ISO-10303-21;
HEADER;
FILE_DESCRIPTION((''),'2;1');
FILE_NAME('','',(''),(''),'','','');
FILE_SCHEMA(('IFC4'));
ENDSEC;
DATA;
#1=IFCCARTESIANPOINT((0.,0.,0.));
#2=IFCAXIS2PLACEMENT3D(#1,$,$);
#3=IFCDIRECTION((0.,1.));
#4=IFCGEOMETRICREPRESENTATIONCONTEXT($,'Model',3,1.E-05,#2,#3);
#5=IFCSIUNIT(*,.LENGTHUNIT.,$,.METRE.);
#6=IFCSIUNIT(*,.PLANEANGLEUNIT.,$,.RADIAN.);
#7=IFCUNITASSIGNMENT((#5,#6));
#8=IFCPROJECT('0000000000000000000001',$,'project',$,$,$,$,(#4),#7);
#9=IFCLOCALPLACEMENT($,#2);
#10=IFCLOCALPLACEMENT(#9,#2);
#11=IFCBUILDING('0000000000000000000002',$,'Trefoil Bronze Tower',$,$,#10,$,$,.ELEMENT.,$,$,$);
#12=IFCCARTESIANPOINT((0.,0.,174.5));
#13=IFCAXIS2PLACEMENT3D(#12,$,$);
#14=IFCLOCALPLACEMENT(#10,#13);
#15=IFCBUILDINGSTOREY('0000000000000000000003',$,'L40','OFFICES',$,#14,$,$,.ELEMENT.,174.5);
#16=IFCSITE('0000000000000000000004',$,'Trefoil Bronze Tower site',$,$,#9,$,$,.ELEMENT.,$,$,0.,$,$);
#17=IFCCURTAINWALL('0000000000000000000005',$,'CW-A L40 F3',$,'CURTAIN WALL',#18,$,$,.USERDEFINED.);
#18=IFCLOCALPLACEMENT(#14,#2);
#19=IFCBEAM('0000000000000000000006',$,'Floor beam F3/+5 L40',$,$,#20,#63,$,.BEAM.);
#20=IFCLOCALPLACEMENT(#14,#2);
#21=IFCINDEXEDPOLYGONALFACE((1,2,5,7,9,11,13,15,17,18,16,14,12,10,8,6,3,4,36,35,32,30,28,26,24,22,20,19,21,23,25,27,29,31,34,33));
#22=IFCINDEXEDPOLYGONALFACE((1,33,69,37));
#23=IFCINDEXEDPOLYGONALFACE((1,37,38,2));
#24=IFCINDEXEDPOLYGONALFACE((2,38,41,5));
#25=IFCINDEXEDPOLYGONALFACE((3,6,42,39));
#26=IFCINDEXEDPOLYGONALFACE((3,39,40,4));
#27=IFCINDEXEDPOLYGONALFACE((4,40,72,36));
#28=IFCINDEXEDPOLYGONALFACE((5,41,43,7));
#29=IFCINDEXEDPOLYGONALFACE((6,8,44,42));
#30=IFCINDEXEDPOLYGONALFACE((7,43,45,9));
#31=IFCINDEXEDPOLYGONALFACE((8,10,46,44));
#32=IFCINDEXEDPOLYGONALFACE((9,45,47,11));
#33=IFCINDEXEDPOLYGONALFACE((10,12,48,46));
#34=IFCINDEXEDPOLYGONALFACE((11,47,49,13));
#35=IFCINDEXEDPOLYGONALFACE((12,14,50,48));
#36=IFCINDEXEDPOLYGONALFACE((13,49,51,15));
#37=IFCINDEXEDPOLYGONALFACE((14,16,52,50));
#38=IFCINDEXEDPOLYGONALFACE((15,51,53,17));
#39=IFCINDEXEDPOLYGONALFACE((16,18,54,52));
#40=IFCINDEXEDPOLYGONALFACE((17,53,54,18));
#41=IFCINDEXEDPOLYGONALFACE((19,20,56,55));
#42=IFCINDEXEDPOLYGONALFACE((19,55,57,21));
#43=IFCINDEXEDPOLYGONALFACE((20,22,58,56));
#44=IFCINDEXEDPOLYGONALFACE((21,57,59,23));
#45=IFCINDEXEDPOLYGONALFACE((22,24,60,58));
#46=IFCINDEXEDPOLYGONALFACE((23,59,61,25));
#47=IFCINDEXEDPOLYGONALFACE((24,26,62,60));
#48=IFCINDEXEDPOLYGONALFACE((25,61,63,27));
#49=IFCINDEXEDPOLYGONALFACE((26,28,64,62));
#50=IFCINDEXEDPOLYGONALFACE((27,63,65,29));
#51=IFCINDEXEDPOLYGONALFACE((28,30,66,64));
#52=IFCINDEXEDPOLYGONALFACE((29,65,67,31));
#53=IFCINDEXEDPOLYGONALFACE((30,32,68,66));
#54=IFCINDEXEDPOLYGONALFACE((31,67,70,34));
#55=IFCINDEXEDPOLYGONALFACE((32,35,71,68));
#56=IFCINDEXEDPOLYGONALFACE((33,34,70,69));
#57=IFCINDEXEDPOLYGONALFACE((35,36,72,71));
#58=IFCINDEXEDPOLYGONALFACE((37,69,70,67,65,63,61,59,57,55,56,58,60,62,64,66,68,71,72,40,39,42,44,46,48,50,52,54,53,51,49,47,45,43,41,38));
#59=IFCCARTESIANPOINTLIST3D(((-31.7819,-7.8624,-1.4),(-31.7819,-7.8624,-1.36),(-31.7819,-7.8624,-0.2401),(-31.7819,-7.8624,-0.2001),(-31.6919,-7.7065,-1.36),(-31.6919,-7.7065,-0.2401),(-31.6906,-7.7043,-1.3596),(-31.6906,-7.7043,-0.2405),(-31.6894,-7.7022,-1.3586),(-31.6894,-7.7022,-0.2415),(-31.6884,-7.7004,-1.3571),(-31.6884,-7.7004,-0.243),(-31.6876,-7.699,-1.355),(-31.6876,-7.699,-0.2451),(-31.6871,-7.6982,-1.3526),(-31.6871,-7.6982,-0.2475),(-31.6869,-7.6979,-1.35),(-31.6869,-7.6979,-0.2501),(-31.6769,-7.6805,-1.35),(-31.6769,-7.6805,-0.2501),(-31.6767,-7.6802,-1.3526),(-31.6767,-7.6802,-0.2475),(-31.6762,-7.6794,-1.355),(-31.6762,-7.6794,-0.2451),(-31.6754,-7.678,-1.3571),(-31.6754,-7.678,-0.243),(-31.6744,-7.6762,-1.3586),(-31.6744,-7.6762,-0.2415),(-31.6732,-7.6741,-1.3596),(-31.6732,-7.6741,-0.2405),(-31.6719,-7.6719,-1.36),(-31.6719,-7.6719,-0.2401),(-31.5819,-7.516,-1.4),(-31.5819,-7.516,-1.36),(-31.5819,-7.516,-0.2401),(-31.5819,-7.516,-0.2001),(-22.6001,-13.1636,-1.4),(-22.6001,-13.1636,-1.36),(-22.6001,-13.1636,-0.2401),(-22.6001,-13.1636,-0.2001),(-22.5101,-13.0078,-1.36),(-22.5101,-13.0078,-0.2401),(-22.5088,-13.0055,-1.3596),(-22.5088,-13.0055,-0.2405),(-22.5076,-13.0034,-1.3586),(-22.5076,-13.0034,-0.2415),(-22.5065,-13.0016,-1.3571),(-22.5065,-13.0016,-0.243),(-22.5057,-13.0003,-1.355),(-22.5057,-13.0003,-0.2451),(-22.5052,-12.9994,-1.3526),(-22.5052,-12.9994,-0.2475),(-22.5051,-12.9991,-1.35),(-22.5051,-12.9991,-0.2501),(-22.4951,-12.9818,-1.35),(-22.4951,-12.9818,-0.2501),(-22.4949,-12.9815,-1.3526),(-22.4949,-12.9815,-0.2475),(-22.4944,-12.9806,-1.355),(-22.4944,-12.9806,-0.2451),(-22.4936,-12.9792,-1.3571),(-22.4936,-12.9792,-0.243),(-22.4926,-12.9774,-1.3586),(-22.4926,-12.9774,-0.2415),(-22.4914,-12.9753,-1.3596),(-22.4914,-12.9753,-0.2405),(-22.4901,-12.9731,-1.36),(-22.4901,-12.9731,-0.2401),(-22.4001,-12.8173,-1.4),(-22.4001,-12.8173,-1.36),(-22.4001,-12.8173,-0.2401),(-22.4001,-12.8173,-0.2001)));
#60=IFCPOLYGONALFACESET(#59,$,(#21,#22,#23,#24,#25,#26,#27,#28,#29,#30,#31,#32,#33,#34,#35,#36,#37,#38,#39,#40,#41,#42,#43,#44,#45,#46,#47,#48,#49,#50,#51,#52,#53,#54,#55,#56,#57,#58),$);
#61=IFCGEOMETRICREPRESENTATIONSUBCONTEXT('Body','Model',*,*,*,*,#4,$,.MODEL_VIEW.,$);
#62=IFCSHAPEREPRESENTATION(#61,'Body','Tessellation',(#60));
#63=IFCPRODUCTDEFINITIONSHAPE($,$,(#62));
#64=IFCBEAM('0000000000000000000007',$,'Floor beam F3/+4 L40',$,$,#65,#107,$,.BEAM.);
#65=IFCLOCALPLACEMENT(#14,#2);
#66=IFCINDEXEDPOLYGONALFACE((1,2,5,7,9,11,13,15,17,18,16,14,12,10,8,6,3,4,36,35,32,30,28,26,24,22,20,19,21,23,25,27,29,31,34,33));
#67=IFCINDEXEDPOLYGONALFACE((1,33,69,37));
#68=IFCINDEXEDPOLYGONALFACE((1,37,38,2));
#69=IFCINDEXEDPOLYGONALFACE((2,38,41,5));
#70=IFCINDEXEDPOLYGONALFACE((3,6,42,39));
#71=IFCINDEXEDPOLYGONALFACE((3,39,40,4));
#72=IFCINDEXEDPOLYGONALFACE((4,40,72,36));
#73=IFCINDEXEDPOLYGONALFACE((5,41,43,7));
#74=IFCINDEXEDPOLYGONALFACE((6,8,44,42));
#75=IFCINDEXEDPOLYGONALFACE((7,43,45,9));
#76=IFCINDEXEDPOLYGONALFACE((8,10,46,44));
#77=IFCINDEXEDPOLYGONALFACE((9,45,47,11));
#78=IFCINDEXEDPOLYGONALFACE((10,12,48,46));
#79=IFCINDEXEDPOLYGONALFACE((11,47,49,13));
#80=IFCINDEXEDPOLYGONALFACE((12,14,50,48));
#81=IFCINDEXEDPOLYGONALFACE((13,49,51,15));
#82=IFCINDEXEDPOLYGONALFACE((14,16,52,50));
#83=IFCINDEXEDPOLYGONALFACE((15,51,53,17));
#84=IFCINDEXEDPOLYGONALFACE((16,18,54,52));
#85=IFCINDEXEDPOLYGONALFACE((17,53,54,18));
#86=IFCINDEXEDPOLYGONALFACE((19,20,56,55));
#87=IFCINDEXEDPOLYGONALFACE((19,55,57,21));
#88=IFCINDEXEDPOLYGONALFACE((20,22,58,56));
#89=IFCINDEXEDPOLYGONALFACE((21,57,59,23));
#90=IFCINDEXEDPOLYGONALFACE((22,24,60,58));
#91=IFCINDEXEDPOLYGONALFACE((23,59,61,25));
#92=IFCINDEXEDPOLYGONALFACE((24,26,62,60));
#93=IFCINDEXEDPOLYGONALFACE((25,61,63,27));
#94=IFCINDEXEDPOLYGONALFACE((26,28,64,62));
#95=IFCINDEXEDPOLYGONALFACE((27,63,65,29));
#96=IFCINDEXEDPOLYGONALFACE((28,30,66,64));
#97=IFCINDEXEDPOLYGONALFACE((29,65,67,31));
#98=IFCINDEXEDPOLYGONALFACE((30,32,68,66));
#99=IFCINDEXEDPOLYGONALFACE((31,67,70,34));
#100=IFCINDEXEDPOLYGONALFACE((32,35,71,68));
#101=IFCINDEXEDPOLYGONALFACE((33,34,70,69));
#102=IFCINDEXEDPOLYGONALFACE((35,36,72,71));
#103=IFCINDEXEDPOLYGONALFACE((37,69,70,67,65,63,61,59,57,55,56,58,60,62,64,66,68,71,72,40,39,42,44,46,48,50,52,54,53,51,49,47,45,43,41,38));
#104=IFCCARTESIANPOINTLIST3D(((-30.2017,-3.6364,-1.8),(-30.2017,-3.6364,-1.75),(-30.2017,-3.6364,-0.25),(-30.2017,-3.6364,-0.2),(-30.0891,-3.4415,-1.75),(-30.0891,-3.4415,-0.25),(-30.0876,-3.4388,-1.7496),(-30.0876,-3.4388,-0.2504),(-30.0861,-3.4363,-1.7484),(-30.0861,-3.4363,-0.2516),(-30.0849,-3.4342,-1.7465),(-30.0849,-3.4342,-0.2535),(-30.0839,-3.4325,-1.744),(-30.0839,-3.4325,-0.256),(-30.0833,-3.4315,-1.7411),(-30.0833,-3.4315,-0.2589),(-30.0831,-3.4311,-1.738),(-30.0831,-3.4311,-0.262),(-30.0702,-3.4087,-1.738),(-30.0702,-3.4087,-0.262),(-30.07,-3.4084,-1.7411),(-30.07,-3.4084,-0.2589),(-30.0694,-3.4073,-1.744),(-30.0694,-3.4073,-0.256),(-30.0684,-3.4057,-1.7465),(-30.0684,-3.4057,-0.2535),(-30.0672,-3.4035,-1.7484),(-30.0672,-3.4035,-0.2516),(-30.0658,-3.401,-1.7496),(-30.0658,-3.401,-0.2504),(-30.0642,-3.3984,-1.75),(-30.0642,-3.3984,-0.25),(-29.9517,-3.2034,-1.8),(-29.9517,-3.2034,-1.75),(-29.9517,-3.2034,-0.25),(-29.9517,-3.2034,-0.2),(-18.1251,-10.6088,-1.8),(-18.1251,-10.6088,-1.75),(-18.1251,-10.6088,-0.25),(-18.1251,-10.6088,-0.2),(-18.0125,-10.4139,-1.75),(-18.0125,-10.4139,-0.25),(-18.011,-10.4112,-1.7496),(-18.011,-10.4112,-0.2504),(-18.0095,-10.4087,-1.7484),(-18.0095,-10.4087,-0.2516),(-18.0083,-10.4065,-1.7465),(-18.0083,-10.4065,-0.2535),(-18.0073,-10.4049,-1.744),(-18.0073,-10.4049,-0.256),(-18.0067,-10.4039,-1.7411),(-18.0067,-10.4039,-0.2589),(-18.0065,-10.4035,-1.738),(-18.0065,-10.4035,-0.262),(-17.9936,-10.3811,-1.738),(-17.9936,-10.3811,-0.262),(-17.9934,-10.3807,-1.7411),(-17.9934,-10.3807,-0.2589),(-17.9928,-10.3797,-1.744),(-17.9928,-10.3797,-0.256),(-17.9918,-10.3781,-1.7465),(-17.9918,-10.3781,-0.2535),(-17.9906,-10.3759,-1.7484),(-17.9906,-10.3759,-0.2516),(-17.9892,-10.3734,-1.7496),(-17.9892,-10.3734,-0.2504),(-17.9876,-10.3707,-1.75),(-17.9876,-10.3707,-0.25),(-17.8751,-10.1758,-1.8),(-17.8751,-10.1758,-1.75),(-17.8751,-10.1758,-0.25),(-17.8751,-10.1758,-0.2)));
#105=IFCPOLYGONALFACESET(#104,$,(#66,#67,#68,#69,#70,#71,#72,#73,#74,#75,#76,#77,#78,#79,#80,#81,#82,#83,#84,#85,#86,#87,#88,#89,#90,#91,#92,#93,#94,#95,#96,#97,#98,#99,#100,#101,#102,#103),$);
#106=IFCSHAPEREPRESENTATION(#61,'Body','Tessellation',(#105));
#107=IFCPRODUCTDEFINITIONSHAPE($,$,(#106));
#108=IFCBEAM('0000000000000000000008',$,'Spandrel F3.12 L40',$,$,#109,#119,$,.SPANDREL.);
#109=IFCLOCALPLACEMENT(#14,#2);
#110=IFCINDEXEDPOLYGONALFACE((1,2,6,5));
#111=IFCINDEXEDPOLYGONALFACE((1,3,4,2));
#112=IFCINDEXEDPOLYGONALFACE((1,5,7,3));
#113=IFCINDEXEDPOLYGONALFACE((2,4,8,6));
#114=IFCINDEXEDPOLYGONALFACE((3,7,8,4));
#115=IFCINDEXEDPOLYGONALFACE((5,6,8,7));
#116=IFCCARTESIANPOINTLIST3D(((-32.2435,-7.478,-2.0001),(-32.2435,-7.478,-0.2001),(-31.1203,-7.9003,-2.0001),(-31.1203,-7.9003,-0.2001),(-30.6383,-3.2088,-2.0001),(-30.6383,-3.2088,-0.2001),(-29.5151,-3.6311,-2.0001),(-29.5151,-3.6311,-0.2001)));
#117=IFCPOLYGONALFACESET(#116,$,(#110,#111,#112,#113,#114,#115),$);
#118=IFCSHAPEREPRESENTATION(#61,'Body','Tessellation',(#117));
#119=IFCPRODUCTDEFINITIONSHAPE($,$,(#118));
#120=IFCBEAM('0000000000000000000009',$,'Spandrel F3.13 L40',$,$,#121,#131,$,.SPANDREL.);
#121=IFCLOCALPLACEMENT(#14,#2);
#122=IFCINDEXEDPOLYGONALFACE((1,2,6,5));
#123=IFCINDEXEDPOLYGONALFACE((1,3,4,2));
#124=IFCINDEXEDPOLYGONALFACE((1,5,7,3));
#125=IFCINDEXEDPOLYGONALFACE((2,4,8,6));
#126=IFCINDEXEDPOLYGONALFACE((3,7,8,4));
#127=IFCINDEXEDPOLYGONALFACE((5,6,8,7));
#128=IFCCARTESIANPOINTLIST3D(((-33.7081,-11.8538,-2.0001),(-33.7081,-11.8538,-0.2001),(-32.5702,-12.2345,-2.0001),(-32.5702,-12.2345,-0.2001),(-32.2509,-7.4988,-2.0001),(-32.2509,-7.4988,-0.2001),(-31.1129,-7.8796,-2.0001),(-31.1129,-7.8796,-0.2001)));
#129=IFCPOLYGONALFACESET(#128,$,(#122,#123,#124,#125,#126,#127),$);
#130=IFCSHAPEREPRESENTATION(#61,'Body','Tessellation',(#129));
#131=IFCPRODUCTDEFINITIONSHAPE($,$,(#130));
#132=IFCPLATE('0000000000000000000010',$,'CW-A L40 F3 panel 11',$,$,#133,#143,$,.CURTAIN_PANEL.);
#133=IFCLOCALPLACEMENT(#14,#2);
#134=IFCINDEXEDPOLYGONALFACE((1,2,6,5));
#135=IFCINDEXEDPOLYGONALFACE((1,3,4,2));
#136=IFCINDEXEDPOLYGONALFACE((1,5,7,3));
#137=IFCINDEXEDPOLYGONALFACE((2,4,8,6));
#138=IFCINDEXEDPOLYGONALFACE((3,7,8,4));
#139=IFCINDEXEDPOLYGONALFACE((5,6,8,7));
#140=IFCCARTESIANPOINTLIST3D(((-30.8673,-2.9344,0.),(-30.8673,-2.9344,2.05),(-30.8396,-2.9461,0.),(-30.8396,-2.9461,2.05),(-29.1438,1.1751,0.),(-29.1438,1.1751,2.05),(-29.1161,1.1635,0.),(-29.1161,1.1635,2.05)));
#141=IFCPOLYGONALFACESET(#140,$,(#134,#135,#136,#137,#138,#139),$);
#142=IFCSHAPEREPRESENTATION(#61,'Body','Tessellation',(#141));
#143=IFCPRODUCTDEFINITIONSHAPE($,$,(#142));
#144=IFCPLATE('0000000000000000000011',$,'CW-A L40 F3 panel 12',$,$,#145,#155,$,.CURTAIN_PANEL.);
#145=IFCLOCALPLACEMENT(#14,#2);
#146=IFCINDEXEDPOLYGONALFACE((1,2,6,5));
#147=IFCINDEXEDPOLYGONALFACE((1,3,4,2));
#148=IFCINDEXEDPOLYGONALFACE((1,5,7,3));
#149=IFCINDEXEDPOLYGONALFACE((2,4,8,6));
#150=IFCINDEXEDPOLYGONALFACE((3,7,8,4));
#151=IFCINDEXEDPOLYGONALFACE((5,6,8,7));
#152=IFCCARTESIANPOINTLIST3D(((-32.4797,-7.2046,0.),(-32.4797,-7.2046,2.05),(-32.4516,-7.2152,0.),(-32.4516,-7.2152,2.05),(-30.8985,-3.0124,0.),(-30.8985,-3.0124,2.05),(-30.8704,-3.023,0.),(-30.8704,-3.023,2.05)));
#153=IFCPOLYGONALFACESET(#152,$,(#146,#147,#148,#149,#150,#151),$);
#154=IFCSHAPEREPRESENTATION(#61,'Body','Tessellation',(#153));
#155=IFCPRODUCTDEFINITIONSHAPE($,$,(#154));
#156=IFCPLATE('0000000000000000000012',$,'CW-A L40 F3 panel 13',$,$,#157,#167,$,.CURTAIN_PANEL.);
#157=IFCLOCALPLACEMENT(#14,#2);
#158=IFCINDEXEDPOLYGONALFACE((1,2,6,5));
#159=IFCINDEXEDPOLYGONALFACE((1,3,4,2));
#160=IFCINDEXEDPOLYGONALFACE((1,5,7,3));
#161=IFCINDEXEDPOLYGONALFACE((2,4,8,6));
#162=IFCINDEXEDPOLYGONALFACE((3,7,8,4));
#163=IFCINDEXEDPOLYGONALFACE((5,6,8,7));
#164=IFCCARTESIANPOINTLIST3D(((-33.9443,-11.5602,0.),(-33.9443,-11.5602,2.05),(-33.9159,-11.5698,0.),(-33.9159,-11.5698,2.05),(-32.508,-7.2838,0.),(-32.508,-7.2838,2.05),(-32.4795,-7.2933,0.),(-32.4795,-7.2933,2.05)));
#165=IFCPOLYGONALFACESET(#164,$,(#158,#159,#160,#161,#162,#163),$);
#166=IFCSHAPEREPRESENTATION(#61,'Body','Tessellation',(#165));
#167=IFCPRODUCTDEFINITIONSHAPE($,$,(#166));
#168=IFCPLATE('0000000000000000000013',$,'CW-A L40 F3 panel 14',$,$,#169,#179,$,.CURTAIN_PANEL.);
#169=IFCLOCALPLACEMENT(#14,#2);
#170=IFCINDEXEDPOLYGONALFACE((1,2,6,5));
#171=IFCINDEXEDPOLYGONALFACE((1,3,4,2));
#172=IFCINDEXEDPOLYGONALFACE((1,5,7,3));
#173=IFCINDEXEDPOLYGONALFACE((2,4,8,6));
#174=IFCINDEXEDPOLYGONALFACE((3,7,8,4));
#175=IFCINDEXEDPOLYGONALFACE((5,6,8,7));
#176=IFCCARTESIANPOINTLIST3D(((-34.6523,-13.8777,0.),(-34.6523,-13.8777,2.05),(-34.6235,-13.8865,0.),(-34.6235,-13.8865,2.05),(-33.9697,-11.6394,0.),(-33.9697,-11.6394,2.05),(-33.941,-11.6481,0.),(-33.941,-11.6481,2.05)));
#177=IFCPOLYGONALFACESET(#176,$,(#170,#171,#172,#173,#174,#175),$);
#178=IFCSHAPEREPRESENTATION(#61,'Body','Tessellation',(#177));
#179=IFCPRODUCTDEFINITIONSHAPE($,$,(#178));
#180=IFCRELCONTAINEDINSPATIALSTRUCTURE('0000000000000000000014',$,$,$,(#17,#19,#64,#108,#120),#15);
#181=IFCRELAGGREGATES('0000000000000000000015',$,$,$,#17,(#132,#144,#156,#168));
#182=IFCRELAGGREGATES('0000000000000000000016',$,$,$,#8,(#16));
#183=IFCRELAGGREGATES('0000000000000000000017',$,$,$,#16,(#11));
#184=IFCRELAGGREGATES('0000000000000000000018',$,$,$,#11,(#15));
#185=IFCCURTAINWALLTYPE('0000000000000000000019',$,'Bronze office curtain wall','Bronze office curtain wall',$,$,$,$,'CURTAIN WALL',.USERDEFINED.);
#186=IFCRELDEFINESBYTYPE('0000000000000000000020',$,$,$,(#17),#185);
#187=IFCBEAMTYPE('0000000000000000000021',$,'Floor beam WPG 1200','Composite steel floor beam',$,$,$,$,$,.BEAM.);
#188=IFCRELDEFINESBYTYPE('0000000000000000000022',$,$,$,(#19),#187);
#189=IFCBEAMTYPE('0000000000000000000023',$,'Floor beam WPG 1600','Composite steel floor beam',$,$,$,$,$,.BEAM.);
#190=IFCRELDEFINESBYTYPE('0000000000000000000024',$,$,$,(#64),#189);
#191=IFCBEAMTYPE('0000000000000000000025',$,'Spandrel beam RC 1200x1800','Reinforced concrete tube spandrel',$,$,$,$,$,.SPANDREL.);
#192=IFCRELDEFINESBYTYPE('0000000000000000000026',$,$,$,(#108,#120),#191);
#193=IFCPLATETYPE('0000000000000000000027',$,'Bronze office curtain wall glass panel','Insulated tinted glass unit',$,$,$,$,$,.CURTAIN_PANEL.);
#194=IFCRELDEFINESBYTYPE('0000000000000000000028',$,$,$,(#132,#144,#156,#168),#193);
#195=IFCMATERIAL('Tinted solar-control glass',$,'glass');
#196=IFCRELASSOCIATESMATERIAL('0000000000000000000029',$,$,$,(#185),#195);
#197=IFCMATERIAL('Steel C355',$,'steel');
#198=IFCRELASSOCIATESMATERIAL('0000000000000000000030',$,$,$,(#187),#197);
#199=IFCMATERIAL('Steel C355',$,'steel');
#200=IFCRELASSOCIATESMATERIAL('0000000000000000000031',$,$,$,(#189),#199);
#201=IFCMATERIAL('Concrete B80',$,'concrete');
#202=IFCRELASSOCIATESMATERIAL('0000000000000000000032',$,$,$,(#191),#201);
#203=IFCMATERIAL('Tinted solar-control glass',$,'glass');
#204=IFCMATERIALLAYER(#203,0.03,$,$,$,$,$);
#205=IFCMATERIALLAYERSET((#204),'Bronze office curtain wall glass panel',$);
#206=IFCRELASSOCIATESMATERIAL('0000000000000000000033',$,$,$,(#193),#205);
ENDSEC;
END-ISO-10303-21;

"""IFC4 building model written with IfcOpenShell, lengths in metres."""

from ifc_helpers import new_model, si_unit, direction, frame, origin, origin_2d, place, context, subcontext, project, spatial, rectangle, i_section, extrude, material, layer, layer_set, material_profile, profile_set, type_object, element, aggregate, save


model = new_model("IFC4")

# Units and contexts
model_context = context("Model", 3, precision=1e-05, world=origin(), true_north=direction((0.0, 1.0)))
body_context = subcontext(model_context, "Body", "Model", "MODEL_VIEW")
ifc_project = project(units=[si_unit("LENGTHUNIT", "METRE"), si_unit("PLANEANGLEUNIT", "RADIAN")], contexts=[model_context])

# Site, building, storey
site_placement = place(None, origin())
site = spatial("IfcSite", under=ifc_project, at=site_placement, Name="Trefoil Bronze Tower site", CompositionType="ELEMENT", RefElevation=0.0)
building_placement = place(site_placement, origin())
building = spatial("IfcBuilding", under=site, at=building_placement, Name="Trefoil Bronze Tower", CompositionType="ELEMENT")
storey_placement = place(building_placement, frame((0.0, 0.0, 174.5)))
storey = spatial("IfcBuildingStorey", under=building, at=storey_placement, Name="L40", Description="OFFICES", CompositionType="ELEMENT", Elevation=174.5)

# Curtain wall
ifc_material_1 = material(Name="Tinted solar-control glass", Category="glass")
curtain_wall_type_1 = type_object("IfcCurtainWallType", Name="Bronze office curtain wall", Description="Bronze office curtain wall", ElementType="CURTAIN WALL", PredefinedType="USERDEFINED", material=ifc_material_1)
curtain_wall_1_placement = place(storey_placement, origin())
curtain_wall_1 = element("IfcCurtainWall", 1, at=curtain_wall_1_placement, inside=storey, type_object=curtain_wall_type_1, Name="CW-A L40 F3", ObjectType="CURTAIN WALL", PredefinedType="USERDEFINED")

# Beams
ifc_material_2 = material(Name="Steel C355", Category="steel")
ifc_material_profile_1 = material_profile(ifc_material_2, i_section(OverallWidth=0.3999, OverallDepth=1.2, WebThickness=0.02, FlangeThickness=0.04, FilletRadius=0.01, at=origin_2d()), Name="WPG 1200")
ifc_profile_set_1 = profile_set([ifc_material_profile_1], Name="Steel C355")
beam_type_1 = type_object("IfcBeamType", Name="Floor beam WPG 1200", Description="Composite steel floor beam", PredefinedType="BEAM", material=ifc_profile_set_1)
beam_1_placement = place(storey_placement, frame((-31.6819, -7.6892, -0.8), z_axis=(0.866021, -0.500007, 0.0), x_axis=(0.500007, 0.866021, 0.0)))
element("IfcBeam", 2, at=beam_1_placement, inside=storey, type_object=beam_type_1, Name="Floor beam F3/+5 L40", PredefinedType="BEAM", context=body_context, shape_type="SweptSolid", body=[
    extrude(i_section(OverallWidth=0.3999, OverallDepth=1.2, WebThickness=0.02, FlangeThickness=0.04, FilletRadius=0.01, at=origin_2d()), origin(), (0.0, 0.0, 1.0), 10.6023),
])
ifc_material_3 = material(Name="Steel C355", Category="steel")
ifc_material_profile_2 = material_profile(ifc_material_3, i_section(OverallWidth=0.5, OverallDepth=1.6001, WebThickness=0.0259, FlangeThickness=0.05, FilletRadius=0.012, at=origin_2d()), Name="WPG 1600")
ifc_profile_set_2 = profile_set([ifc_material_profile_2], Name="Steel C355")
beam_type_2 = type_object("IfcBeamType", Name="Floor beam WPG 1600", Description="Composite steel floor beam", PredefinedType="BEAM", material=ifc_profile_set_2)
beam_2_placement = place(storey_placement, frame((-30.0767, -3.4199, -1.0), z_axis=(0.866027, -0.499997, 0.0), x_axis=(0.499997, 0.866027, 0.0)))
element("IfcBeam", 3, at=beam_2_placement, inside=storey, type_object=beam_type_2, Name="Floor beam F3/+4 L40", PredefinedType="BEAM", context=body_context, shape_type="SweptSolid", body=[
    extrude(i_section(OverallWidth=0.5, OverallDepth=1.6001, WebThickness=0.0259, FlangeThickness=0.05, FilletRadius=0.012, at=origin_2d()), origin(), (0.0, 0.0, 1.0), 13.9448),
])
ifc_material_4 = material(Name="Concrete B80", Category="concrete")
ifc_material_profile_3 = material_profile(ifc_material_4, rectangle(XDim=1.2, YDim=1.8, at=origin_2d()), Name="RC 1200x1800")
ifc_profile_set_3 = profile_set([ifc_material_profile_3], Name="Concrete B80")
beam_type_3 = type_object("IfcBeamType", Name="Spandrel beam RC 1200x1800", Description="Reinforced concrete tube spandrel", PredefinedType="SPANDREL", material=ifc_profile_set_3)
beam_3_placement = place(storey_placement, frame((-30.0767, -3.4199, -1.1001), z_axis=(-0.351939, -0.936023, 0.0), x_axis=(0.936023, -0.351939, 0.0)))
element("IfcBeam", 4, at=beam_3_placement, inside=storey, type_object=beam_type_3, Name="Spandrel F3.12 L40", PredefinedType="SPANDREL", context=body_context, shape_type="SweptSolid", body=[
    extrude(rectangle(XDim=1.2, YDim=1.8, at=origin_2d()), origin(), (0.0, 0.0, 1.0), 4.561),
])
beam_4_placement = place(storey_placement, frame((-31.6819, -7.6892, -1.1001), z_axis=(-0.317328, -0.948316, 0.0), x_axis=(0.948316, -0.317328, 0.0)))
element("IfcBeam", 5, at=beam_4_placement, inside=storey, type_object=beam_type_3, Name="Spandrel F3.13 L40", PredefinedType="SPANDREL", context=body_context, shape_type="SweptSolid", body=[
    extrude(rectangle(XDim=1.2, YDim=1.8, at=origin_2d()), origin(), (0.0, 0.0, 1.0), 4.5923),
])

# Plates
ifc_material_5 = material(Name="Tinted solar-control glass", Category="glass")
ifc_layer_1 = layer(ifc_material_5, 0.03)
ifc_layer_set_1 = layer_set([ifc_layer_1], Name="Bronze office curtain wall glass panel")
plate_type_1 = type_object("IfcPlateType", Name="Bronze office curtain wall glass panel", Description="Insulated tinted glass unit", PredefinedType="CURTAIN_PANEL", material=ifc_layer_set_1)
plate_1_placement = place(storey_placement, frame((-29.9917, -0.8855, 0.0), z_axis=(0.0, 0.0, 1.0), x_axis=(-0.386759, -0.922181, 0.0)))
plate_1 = element("IfcPlate", 6, at=plate_1_placement, type_object=plate_type_1, Name="CW-A L40 F3 panel 11", PredefinedType="CURTAIN_PANEL", context=body_context, shape_type="SweptSolid", body=[
    extrude(rectangle(XDim=4.4563, YDim=0.03, at=origin_2d()), origin(), (0.0, 0.0, 1.0), 2.05),
])
plate_2_placement = place(storey_placement, frame((-31.675, -5.1138, 0.0), z_axis=(0.0, 0.0, 1.0), x_axis=(-0.35292, -0.935654, 0.0)))
plate_2 = element("IfcPlate", 7, at=plate_2_placement, type_object=plate_type_1, Name="CW-A L40 F3 panel 12", PredefinedType="CURTAIN_PANEL", context=body_context, shape_type="SweptSolid", body=[
    extrude(rectangle(XDim=4.4805, YDim=0.03, at=origin_2d()), origin(), (0.0, 0.0, 1.0), 2.05),
])
plate_3_placement = place(storey_placement, frame((-33.2119, -9.4268, 0.0), z_axis=(0.0, 0.0, 1.0), x_axis=(-0.318404, -0.947955, 0.0)))
plate_3 = element("IfcPlate", 8, at=plate_3_placement, type_object=plate_type_1, Name="CW-A L40 F3 panel 13", PredefinedType="CURTAIN_PANEL", context=body_context, shape_type="SweptSolid", body=[
    extrude(rectangle(XDim=4.5112, YDim=0.03, at=origin_2d()), origin(), (0.0, 0.0, 1.0), 2.05),
])
plate_4_placement = place(storey_placement, frame((-34.2966, -12.7629, 0.0), z_axis=(0.0, 0.0, 1.0), x_axis=(-0.291669, -0.956519, 0.0)))
plate_4 = element("IfcPlate", 9, at=plate_4_placement, type_object=plate_type_1, Name="CW-A L40 F3 panel 14", PredefinedType="CURTAIN_PANEL", context=body_context, shape_type="SweptSolid", body=[
    extrude(rectangle(XDim=2.3401, YDim=0.03, at=origin_2d()), origin(), (0.0, 0.0, 1.0), 2.05),
])
aggregate(curtain_wall_1, [plate_1, plate_2, plate_3, plate_4])

save(model, "model.ifc")
